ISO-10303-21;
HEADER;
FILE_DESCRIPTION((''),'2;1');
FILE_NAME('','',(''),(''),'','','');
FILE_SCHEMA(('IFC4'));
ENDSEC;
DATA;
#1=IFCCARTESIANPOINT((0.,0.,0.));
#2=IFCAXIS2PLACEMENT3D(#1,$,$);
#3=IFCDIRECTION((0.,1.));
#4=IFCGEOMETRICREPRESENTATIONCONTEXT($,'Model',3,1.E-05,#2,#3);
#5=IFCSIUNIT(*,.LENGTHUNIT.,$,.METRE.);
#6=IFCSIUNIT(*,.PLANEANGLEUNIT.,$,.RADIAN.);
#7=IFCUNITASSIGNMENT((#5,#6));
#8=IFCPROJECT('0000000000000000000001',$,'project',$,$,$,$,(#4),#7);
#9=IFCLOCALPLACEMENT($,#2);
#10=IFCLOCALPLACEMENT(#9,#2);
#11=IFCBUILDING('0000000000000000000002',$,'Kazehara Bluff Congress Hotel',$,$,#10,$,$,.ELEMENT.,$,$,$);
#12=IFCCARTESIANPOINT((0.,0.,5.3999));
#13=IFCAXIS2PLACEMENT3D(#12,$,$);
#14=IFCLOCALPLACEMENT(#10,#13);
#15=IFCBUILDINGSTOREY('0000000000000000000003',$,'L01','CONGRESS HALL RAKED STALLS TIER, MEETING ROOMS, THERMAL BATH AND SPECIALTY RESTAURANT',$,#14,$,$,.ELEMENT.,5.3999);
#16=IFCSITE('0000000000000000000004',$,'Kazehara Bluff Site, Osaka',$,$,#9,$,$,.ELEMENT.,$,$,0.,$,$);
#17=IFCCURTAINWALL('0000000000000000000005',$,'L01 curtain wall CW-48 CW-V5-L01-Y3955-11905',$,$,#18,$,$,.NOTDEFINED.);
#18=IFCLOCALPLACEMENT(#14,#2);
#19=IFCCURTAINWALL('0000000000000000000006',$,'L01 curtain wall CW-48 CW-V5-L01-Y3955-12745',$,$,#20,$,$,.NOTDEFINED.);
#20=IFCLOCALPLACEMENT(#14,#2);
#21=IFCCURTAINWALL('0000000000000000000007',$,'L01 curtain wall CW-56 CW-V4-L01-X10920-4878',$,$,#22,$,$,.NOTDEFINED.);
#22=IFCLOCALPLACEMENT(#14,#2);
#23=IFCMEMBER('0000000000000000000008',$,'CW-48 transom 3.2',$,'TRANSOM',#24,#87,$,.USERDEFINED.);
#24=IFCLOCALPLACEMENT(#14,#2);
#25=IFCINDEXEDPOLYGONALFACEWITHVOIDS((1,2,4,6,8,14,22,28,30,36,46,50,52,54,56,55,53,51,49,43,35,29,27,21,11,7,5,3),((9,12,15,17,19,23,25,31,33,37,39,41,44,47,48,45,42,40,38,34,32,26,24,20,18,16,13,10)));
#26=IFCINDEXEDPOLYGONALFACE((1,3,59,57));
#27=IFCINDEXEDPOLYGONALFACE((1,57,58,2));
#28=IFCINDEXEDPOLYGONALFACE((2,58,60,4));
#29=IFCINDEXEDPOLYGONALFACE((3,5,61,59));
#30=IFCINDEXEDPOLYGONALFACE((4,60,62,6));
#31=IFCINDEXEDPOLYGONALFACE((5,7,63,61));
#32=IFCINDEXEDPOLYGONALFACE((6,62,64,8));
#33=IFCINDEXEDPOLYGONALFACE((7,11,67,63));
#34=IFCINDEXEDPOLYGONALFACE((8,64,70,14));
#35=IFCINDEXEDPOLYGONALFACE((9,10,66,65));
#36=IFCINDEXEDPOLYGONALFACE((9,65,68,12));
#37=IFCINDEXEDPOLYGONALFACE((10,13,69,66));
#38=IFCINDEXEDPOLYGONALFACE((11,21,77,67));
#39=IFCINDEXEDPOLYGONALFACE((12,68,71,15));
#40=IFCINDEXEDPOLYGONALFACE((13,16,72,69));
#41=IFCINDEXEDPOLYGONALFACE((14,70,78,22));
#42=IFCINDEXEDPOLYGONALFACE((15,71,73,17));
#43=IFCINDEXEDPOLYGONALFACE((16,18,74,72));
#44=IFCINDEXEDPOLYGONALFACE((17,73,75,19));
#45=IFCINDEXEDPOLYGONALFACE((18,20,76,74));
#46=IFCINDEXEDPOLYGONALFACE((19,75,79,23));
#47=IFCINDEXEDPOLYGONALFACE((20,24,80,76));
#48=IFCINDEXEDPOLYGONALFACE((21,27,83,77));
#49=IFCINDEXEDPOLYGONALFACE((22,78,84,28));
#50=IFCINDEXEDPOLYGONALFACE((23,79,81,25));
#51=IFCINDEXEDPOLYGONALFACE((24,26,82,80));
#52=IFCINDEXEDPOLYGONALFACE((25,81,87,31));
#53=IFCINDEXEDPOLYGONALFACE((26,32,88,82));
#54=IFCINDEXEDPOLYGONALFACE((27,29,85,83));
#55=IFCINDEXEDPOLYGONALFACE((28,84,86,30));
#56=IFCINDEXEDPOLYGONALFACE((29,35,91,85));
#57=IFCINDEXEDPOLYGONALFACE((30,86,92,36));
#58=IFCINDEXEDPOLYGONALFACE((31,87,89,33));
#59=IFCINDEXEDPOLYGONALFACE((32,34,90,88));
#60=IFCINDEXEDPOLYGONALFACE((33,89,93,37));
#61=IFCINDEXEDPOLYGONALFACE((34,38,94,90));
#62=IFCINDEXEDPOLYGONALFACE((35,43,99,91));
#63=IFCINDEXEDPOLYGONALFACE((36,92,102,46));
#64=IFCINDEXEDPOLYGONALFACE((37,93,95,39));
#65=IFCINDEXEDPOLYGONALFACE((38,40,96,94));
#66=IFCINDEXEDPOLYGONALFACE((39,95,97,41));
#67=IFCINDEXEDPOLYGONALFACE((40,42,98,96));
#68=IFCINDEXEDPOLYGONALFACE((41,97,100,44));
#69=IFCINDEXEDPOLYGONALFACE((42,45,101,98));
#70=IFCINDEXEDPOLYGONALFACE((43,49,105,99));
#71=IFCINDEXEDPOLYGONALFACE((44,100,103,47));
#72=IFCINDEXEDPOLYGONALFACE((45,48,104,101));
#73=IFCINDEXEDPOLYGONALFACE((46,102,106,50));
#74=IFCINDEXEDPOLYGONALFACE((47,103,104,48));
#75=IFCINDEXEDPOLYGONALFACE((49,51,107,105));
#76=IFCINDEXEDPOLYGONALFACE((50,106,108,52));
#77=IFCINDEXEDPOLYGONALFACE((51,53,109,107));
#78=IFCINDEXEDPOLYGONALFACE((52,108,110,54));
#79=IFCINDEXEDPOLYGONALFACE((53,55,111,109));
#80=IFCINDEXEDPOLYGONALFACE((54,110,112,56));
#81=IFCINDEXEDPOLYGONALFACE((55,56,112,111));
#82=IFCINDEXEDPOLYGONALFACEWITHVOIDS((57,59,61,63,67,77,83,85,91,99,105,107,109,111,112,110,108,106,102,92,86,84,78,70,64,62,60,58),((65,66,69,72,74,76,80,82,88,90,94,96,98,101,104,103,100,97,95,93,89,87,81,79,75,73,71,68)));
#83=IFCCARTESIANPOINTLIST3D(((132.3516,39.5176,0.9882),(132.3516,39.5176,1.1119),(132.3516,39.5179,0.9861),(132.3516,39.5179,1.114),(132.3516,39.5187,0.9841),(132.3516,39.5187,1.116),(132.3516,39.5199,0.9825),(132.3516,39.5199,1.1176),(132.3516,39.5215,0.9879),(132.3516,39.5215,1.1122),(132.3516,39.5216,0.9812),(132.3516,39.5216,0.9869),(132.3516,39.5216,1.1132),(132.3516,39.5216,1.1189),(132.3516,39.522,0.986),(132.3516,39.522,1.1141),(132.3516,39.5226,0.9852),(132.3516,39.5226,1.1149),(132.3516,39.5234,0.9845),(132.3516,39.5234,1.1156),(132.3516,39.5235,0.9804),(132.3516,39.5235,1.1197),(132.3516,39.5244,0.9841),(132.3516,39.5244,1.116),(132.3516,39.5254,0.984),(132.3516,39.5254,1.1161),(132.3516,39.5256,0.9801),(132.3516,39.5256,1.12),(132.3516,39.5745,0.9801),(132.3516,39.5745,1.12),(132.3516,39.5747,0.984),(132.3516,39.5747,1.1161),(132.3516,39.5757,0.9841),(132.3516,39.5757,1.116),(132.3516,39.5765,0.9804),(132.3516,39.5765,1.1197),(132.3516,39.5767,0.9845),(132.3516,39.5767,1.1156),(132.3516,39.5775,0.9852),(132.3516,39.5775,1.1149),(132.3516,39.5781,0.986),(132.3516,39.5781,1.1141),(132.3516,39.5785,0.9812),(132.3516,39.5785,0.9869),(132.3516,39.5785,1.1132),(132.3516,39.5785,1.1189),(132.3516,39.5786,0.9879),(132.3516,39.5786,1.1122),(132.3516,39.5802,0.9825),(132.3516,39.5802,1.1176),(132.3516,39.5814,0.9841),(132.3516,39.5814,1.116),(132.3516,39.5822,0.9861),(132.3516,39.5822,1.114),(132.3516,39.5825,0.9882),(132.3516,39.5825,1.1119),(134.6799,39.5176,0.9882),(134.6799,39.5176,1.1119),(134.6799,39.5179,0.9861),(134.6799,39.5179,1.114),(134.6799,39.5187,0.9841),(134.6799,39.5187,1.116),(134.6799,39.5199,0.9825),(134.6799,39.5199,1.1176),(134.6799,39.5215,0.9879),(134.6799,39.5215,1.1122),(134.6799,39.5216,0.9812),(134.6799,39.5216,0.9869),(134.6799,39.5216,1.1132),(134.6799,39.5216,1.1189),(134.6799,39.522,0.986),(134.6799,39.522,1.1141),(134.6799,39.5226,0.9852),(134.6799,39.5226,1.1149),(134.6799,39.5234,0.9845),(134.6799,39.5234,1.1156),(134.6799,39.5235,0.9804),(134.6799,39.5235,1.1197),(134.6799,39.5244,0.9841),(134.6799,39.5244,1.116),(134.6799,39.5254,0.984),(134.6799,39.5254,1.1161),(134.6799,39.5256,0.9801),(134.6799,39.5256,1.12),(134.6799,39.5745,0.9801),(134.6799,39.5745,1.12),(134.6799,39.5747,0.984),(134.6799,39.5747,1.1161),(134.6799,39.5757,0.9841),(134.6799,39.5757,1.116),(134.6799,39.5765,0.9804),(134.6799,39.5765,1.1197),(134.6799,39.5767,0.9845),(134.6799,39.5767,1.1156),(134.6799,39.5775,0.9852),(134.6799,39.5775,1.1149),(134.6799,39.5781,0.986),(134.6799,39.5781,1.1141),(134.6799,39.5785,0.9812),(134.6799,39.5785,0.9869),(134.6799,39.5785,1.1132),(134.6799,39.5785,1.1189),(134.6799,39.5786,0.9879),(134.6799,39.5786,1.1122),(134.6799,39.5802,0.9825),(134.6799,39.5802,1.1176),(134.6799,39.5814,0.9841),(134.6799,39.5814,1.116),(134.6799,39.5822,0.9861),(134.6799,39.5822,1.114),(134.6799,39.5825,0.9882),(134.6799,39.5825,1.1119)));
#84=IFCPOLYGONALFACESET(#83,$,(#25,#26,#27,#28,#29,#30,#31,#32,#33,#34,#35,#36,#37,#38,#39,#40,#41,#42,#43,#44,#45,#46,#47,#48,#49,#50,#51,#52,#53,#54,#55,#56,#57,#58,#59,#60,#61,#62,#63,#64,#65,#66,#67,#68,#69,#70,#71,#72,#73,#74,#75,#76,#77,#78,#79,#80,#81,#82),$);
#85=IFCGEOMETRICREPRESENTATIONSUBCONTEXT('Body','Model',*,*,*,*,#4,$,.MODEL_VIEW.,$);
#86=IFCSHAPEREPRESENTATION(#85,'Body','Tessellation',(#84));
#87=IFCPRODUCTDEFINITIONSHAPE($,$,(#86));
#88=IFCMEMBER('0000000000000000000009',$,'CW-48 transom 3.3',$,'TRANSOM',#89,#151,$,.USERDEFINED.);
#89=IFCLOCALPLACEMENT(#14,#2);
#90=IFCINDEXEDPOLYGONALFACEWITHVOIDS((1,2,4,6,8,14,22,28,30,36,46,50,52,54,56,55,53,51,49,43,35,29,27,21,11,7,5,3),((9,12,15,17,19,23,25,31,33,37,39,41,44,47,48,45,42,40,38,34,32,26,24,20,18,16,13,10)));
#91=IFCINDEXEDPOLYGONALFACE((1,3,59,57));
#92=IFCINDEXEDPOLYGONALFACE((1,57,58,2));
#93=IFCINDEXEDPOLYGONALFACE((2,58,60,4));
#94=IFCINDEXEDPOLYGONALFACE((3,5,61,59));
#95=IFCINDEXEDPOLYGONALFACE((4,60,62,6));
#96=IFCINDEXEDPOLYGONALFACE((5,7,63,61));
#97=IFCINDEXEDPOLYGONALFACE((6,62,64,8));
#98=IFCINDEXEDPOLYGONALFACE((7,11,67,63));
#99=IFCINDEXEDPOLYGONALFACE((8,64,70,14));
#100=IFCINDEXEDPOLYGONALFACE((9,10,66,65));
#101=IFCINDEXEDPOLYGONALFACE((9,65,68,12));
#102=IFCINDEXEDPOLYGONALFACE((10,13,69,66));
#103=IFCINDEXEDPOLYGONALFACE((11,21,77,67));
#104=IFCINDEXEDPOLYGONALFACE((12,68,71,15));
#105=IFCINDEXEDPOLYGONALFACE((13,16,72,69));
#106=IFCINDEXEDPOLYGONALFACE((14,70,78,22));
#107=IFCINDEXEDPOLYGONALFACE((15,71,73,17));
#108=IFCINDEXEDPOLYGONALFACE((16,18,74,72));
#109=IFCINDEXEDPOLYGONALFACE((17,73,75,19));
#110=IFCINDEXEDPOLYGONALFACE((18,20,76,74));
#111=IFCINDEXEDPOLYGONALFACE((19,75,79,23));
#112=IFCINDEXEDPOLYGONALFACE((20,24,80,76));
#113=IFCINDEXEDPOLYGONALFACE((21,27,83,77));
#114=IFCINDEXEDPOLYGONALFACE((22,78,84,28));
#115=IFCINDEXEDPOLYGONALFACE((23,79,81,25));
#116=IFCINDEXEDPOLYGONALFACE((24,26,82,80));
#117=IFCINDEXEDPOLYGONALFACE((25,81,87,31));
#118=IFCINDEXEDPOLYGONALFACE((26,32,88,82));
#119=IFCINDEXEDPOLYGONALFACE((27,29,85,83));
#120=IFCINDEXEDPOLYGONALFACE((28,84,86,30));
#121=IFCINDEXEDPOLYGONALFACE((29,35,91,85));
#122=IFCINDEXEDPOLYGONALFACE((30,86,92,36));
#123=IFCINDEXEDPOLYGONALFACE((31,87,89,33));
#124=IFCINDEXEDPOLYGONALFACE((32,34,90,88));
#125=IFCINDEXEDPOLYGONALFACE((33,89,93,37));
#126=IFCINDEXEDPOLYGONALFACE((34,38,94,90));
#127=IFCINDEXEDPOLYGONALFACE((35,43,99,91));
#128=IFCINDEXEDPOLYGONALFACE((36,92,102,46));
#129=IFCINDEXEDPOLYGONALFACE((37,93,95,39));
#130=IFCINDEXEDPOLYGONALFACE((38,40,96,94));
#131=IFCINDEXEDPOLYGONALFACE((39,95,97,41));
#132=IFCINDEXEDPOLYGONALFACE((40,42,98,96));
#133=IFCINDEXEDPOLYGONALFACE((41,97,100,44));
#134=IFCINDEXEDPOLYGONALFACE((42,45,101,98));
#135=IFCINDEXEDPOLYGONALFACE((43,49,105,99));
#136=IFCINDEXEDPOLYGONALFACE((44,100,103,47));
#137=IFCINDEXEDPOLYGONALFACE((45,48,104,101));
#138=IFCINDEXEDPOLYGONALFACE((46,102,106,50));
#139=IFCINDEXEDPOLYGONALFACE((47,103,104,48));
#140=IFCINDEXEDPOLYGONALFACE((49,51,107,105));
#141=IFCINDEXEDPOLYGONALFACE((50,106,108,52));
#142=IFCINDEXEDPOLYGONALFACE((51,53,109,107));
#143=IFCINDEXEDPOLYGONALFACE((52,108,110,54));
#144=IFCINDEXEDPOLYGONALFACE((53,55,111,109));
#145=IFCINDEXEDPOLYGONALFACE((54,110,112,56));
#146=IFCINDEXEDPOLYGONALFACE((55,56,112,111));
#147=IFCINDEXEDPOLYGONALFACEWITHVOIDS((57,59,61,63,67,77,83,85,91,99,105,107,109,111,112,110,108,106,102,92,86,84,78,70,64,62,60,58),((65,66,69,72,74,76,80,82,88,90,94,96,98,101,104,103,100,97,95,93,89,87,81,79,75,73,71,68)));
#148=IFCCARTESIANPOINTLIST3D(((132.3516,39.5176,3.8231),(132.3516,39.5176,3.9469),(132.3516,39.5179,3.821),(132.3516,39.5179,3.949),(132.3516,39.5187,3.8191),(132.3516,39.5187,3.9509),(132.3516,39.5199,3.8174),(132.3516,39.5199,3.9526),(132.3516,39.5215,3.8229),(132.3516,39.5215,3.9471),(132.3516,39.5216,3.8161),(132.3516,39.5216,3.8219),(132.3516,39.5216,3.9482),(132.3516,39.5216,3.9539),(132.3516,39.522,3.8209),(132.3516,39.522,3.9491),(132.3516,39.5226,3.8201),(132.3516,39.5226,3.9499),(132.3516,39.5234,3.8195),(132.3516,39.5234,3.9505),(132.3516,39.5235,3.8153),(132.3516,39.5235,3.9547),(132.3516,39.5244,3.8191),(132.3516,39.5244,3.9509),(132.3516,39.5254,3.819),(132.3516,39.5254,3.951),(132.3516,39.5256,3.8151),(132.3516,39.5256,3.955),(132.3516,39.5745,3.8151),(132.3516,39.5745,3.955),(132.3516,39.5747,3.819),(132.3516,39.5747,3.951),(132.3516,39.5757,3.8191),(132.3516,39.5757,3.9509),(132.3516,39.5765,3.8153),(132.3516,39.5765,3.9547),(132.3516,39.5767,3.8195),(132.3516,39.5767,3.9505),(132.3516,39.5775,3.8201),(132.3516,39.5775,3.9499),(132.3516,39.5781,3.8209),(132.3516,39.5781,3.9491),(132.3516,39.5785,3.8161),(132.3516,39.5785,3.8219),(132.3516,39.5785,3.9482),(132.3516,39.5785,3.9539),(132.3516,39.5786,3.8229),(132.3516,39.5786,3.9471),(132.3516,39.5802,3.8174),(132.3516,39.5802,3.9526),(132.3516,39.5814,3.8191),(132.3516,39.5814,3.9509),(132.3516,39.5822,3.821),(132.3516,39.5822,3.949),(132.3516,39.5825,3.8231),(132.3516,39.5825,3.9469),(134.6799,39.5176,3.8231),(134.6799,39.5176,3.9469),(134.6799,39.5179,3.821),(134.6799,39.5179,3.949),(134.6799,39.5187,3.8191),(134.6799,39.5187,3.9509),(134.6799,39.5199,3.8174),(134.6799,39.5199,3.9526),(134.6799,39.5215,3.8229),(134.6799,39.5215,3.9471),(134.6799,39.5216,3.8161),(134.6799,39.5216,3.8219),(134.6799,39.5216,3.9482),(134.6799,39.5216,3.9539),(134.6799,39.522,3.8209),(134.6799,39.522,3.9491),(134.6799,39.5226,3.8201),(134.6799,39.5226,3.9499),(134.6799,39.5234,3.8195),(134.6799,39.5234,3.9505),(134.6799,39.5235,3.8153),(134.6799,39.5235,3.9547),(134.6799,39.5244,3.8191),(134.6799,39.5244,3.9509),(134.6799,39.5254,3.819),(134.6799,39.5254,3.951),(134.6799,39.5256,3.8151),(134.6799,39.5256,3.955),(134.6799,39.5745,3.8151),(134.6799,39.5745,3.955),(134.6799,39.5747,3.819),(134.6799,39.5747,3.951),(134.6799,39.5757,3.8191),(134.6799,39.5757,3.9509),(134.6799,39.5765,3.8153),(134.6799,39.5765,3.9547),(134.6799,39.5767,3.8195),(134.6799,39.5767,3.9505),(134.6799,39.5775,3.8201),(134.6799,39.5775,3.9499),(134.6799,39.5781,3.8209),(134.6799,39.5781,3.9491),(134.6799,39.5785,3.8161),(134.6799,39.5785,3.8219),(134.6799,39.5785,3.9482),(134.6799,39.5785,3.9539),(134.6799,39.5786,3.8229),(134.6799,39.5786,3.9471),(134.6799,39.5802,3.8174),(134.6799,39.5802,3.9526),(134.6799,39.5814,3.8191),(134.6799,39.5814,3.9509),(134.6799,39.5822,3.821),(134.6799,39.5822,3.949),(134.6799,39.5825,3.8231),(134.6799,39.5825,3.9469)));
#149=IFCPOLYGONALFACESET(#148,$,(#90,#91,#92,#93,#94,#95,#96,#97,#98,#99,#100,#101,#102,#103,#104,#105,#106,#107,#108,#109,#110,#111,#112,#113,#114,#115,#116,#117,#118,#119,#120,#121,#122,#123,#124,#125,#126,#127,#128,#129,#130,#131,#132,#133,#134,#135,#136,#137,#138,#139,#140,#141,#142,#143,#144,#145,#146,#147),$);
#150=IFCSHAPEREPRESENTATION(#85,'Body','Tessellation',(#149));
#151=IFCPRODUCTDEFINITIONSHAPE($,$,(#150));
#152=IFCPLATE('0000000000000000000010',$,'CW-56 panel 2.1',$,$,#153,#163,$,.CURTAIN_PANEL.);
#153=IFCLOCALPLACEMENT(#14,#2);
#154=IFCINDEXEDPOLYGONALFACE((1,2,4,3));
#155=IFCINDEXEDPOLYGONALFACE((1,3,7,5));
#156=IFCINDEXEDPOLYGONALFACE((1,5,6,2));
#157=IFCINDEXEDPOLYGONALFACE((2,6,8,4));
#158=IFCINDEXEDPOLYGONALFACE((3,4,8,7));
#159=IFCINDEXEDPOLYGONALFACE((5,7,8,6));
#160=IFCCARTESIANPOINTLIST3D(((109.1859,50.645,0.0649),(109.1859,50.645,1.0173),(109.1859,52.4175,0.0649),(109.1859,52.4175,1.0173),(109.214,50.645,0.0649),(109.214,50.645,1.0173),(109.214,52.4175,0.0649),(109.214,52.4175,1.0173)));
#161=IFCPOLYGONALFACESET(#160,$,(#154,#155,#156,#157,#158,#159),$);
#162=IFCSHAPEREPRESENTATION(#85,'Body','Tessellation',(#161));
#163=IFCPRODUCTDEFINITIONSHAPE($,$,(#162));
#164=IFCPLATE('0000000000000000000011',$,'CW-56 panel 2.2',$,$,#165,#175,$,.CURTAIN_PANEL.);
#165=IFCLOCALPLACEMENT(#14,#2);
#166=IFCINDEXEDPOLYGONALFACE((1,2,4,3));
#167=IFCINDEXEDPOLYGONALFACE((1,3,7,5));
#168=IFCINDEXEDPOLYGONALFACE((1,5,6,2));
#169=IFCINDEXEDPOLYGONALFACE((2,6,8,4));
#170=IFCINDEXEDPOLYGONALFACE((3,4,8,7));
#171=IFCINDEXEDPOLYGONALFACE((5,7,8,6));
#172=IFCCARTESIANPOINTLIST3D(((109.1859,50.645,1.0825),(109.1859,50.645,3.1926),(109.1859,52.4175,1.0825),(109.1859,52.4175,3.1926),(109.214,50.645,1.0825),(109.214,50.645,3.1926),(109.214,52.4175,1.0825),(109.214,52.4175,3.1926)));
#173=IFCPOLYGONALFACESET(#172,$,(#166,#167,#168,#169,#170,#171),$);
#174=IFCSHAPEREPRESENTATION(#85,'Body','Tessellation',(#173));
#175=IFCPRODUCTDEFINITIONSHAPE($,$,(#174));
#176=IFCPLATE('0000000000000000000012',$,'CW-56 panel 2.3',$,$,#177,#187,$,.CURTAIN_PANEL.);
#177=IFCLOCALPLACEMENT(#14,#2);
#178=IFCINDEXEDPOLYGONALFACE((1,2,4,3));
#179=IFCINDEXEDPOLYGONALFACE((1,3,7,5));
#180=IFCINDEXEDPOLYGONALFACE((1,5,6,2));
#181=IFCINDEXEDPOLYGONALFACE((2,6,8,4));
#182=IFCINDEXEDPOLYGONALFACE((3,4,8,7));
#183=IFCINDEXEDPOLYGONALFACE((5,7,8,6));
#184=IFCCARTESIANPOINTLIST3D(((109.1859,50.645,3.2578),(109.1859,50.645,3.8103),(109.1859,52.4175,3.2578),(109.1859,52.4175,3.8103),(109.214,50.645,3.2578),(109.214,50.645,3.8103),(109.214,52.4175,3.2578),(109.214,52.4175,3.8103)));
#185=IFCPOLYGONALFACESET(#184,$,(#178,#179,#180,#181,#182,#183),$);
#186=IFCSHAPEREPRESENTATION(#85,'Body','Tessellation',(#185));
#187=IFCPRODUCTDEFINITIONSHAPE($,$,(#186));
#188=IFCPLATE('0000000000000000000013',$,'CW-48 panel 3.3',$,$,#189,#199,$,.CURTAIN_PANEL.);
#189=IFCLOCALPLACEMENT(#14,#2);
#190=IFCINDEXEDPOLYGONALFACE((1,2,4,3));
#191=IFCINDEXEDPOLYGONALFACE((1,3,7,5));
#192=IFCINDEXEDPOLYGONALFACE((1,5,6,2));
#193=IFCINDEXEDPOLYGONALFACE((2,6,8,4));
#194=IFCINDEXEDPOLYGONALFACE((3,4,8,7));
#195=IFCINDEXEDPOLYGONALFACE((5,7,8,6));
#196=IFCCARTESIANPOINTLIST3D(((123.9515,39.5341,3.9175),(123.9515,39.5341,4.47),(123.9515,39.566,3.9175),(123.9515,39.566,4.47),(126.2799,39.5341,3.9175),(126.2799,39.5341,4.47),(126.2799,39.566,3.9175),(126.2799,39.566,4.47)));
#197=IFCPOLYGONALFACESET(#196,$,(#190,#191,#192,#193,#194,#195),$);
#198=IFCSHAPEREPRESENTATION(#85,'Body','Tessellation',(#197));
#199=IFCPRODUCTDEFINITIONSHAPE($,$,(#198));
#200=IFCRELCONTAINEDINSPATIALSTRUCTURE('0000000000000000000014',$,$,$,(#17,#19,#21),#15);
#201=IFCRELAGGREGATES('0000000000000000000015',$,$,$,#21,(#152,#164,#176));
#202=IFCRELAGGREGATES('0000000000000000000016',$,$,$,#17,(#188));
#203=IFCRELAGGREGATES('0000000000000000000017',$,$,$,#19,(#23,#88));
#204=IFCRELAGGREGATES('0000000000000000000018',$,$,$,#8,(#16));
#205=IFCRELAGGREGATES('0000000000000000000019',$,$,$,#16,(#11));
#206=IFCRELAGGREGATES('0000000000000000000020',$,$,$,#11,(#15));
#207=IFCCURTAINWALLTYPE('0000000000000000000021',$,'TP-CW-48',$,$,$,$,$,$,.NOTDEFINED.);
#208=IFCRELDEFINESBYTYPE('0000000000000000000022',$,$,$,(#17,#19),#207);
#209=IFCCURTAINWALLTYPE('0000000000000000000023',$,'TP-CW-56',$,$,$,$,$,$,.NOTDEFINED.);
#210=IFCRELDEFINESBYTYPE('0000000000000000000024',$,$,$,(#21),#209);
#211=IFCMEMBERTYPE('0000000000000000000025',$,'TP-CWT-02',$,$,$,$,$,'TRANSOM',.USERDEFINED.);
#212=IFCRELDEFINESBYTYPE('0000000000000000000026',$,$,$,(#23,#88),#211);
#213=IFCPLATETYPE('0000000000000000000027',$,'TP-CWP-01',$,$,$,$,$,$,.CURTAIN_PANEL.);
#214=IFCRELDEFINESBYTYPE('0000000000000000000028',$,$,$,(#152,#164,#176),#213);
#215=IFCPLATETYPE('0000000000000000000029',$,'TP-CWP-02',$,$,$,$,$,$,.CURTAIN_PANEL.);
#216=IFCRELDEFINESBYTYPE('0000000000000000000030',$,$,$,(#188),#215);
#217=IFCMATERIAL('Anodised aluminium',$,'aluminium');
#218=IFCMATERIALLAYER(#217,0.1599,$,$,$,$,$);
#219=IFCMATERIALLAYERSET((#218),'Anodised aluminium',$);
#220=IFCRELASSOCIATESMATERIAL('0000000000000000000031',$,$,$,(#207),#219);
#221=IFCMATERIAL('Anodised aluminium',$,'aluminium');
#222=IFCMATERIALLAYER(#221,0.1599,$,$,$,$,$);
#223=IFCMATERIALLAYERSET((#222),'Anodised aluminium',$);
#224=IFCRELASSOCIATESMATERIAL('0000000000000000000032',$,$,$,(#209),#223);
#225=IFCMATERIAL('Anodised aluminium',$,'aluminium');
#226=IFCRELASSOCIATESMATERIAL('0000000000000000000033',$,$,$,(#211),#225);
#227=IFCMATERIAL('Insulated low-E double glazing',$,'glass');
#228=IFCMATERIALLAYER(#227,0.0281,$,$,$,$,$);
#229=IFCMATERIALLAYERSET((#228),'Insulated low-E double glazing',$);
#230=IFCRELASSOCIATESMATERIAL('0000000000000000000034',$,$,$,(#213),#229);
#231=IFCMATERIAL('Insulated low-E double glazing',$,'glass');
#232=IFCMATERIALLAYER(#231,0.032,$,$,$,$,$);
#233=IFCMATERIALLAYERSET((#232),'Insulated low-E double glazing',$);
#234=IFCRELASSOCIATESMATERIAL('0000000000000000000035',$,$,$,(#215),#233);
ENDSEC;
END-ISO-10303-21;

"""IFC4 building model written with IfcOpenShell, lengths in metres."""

from ifc_helpers import new_model, si_unit, direction, frame, origin, origin_2d, place, context, subcontext, project, spatial, rectangle, hollow_rectangle, extrude, material, layer, layer_set, material_profile, profile_set, type_object, element, aggregate, save


model = new_model("IFC4")

# Units and contexts
model_context = context("Model", 3, precision=1e-05, world=origin(), true_north=direction((0.0, 1.0)))
body_context = subcontext(model_context, "Body", "Model", "MODEL_VIEW")
ifc_project = project(units=[si_unit("LENGTHUNIT", "METRE"), si_unit("PLANEANGLEUNIT", "RADIAN")], contexts=[model_context])

# Site, building, storey
site_placement = place(None, origin())
site = spatial("IfcSite", under=ifc_project, at=site_placement, Name="Kazehara Bluff Site, Osaka", CompositionType="ELEMENT", RefElevation=0.0)
building_placement = place(site_placement, origin())
building = spatial("IfcBuilding", under=site, at=building_placement, Name="Kazehara Bluff Congress Hotel", CompositionType="ELEMENT")
storey_placement = place(building_placement, frame((0.0, 0.0, 5.3999)))
storey = spatial("IfcBuildingStorey", under=building, at=storey_placement, Name="L01", Description="CONGRESS HALL RAKED STALLS TIER, MEETING ROOMS, THERMAL BATH AND SPECIALTY RESTAURANT", CompositionType="ELEMENT", Elevation=5.3999)

# Curtain wall
ifc_material_1 = material(Name="Anodised aluminium", Category="aluminium")
ifc_layer_1 = layer(ifc_material_1, 0.1599)
ifc_layer_set_1 = layer_set([ifc_layer_1], Name="Anodised aluminium")
curtain_wall_type_1 = type_object("IfcCurtainWallType", Name="TP-CW-48", PredefinedType="NOTDEFINED", material=ifc_layer_set_1)
curtain_wall_1_placement = place(storey_placement, origin())
curtain_wall_1 = element("IfcCurtainWall", 1, at=curtain_wall_1_placement, inside=storey, type_object=curtain_wall_type_1, Name="L01 curtain wall CW-48 CW-V5-L01-Y3955-11905", PredefinedType="NOTDEFINED")

# Curtain walls
curtain_wall_2_placement = place(storey_placement, origin())
curtain_wall_2 = element("IfcCurtainWall", 2, at=curtain_wall_2_placement, inside=storey, type_object=curtain_wall_type_1, Name="L01 curtain wall CW-48 CW-V5-L01-Y3955-12745", PredefinedType="NOTDEFINED")
ifc_material_2 = material(Name="Anodised aluminium", Category="aluminium")
ifc_layer_2 = layer(ifc_material_2, 0.1599)
ifc_layer_set_2 = layer_set([ifc_layer_2], Name="Anodised aluminium")
curtain_wall_type_2 = type_object("IfcCurtainWallType", Name="TP-CW-56", PredefinedType="NOTDEFINED", material=ifc_layer_set_2)
curtain_wall_3_placement = place(storey_placement, origin())
curtain_wall_3 = element("IfcCurtainWall", 3, at=curtain_wall_3_placement, inside=storey, type_object=curtain_wall_type_2, Name="L01 curtain wall CW-56 CW-V4-L01-X10920-4878", PredefinedType="NOTDEFINED")
ifc_material_3 = material(Name="Anodised aluminium", Category="aluminium")
ifc_material_profile_1 = material_profile(ifc_material_3, hollow_rectangle(XDim=0.0649, YDim=0.1399, WallThickness=0.0039, InnerFilletRadius=0.0039, OuterFilletRadius=0.0081, at=origin_2d()))
ifc_profile_set_1 = profile_set([ifc_material_profile_1], Name="Anodised aluminium")
member_type_1 = type_object("IfcMemberType", Name="TP-CWT-02", ElementType="TRANSOM", PredefinedType="USERDEFINED", material=ifc_profile_set_1)

# Members
member_1_placement = place(storey_placement, frame((132.3516, 39.55, 1.05), z_axis=(1.0, 0.0, 0.0), x_axis=(0.0, 1.0, 0.0)))
member_1 = element("IfcMember", 4, at=member_1_placement, type_object=member_type_1, Name="CW-48 transom 3.2", ObjectType="TRANSOM", PredefinedType="USERDEFINED", context=body_context, shape_type="SweptSolid", body=[
    extrude(hollow_rectangle(XDim=0.0649, YDim=0.1399, WallThickness=0.0039, InnerFilletRadius=0.0039, OuterFilletRadius=0.0081, at=origin_2d()), origin(), (0.0, 0.0, 1.0), 2.3284),
])
member_2_placement = place(storey_placement, frame((132.3516, 39.55, 3.885), z_axis=(1.0, 0.0, 0.0), x_axis=(0.0, 1.0, 0.0)))
member_2 = element("IfcMember", 5, at=member_2_placement, type_object=member_type_1, Name="CW-48 transom 3.3", ObjectType="TRANSOM", PredefinedType="USERDEFINED", context=body_context, shape_type="SweptSolid", body=[
    extrude(hollow_rectangle(XDim=0.0649, YDim=0.1399, WallThickness=0.0039, InnerFilletRadius=0.0039, OuterFilletRadius=0.0081, at=origin_2d()), origin(), (0.0, 0.0, 1.0), 2.3284),
])

# Plates
ifc_material_4 = material(Name="Insulated low-E double glazing", Category="glass")
ifc_layer_3 = layer(ifc_material_4, 0.0281)
ifc_layer_set_3 = layer_set([ifc_layer_3], Name="Insulated low-E double glazing")
plate_type_1 = type_object("IfcPlateType", Name="TP-CWP-01", PredefinedType="CURTAIN_PANEL", material=ifc_layer_set_3)
plate_1_placement = place(storey_placement, frame((109.2, 51.5312, 0.0649), z_axis=(0.0, 0.0, 1.0), x_axis=(0.0, 1.0, 0.0)))
plate_1 = element("IfcPlate", 6, at=plate_1_placement, type_object=plate_type_1, Name="CW-56 panel 2.1", PredefinedType="CURTAIN_PANEL", context=body_context, shape_type="SweptSolid", body=[
    extrude(rectangle(XDim=1.7725, YDim=0.0281, at=origin_2d()), origin(), (0.0, 0.0, 1.0), 0.9524),
])
plate_2_placement = place(storey_placement, frame((109.2, 51.5312, 1.0825), z_axis=(0.0, 0.0, 1.0), x_axis=(0.0, 1.0, 0.0)))
plate_2 = element("IfcPlate", 7, at=plate_2_placement, type_object=plate_type_1, Name="CW-56 panel 2.2", PredefinedType="CURTAIN_PANEL", context=body_context, shape_type="SweptSolid", body=[
    extrude(rectangle(XDim=1.7725, YDim=0.0281, at=origin_2d()), origin(), (0.0, 0.0, 1.0), 2.1101),
])
plate_3_placement = place(storey_placement, frame((109.2, 51.5312, 3.2578), z_axis=(0.0, 0.0, 1.0), x_axis=(0.0, 1.0, 0.0)))
plate_3 = element("IfcPlate", 8, at=plate_3_placement, type_object=plate_type_1, Name="CW-56 panel 2.3", PredefinedType="CURTAIN_PANEL", context=body_context, shape_type="SweptSolid", body=[
    extrude(rectangle(XDim=1.7725, YDim=0.0281, at=origin_2d()), origin(), (0.0, 0.0, 1.0), 0.5525),
])
aggregate(curtain_wall_3, [plate_1, plate_2, plate_3])
ifc_material_5 = material(Name="Insulated low-E double glazing", Category="glass")
ifc_layer_4 = layer(ifc_material_5, 0.032)
ifc_layer_set_4 = layer_set([ifc_layer_4], Name="Insulated low-E double glazing")
plate_type_2 = type_object("IfcPlateType", Name="TP-CWP-02", PredefinedType="CURTAIN_PANEL", material=ifc_layer_set_4)
plate_4_placement = place(storey_placement, frame((125.1157, 39.55, 3.9175), z_axis=(0.0, 0.0, 1.0), x_axis=(1.0, 0.0, 0.0)))
plate_4 = element("IfcPlate", 9, at=plate_4_placement, type_object=plate_type_2, Name="CW-48 panel 3.3", PredefinedType="CURTAIN_PANEL", context=body_context, shape_type="SweptSolid", body=[
    extrude(rectangle(XDim=2.3284, YDim=0.032, at=origin_2d()), origin(), (0.0, 0.0, 1.0), 0.5525),
])
aggregate(curtain_wall_1, [plate_4])
aggregate(curtain_wall_2, [member_1, member_2])

save(model, "model.ifc")
